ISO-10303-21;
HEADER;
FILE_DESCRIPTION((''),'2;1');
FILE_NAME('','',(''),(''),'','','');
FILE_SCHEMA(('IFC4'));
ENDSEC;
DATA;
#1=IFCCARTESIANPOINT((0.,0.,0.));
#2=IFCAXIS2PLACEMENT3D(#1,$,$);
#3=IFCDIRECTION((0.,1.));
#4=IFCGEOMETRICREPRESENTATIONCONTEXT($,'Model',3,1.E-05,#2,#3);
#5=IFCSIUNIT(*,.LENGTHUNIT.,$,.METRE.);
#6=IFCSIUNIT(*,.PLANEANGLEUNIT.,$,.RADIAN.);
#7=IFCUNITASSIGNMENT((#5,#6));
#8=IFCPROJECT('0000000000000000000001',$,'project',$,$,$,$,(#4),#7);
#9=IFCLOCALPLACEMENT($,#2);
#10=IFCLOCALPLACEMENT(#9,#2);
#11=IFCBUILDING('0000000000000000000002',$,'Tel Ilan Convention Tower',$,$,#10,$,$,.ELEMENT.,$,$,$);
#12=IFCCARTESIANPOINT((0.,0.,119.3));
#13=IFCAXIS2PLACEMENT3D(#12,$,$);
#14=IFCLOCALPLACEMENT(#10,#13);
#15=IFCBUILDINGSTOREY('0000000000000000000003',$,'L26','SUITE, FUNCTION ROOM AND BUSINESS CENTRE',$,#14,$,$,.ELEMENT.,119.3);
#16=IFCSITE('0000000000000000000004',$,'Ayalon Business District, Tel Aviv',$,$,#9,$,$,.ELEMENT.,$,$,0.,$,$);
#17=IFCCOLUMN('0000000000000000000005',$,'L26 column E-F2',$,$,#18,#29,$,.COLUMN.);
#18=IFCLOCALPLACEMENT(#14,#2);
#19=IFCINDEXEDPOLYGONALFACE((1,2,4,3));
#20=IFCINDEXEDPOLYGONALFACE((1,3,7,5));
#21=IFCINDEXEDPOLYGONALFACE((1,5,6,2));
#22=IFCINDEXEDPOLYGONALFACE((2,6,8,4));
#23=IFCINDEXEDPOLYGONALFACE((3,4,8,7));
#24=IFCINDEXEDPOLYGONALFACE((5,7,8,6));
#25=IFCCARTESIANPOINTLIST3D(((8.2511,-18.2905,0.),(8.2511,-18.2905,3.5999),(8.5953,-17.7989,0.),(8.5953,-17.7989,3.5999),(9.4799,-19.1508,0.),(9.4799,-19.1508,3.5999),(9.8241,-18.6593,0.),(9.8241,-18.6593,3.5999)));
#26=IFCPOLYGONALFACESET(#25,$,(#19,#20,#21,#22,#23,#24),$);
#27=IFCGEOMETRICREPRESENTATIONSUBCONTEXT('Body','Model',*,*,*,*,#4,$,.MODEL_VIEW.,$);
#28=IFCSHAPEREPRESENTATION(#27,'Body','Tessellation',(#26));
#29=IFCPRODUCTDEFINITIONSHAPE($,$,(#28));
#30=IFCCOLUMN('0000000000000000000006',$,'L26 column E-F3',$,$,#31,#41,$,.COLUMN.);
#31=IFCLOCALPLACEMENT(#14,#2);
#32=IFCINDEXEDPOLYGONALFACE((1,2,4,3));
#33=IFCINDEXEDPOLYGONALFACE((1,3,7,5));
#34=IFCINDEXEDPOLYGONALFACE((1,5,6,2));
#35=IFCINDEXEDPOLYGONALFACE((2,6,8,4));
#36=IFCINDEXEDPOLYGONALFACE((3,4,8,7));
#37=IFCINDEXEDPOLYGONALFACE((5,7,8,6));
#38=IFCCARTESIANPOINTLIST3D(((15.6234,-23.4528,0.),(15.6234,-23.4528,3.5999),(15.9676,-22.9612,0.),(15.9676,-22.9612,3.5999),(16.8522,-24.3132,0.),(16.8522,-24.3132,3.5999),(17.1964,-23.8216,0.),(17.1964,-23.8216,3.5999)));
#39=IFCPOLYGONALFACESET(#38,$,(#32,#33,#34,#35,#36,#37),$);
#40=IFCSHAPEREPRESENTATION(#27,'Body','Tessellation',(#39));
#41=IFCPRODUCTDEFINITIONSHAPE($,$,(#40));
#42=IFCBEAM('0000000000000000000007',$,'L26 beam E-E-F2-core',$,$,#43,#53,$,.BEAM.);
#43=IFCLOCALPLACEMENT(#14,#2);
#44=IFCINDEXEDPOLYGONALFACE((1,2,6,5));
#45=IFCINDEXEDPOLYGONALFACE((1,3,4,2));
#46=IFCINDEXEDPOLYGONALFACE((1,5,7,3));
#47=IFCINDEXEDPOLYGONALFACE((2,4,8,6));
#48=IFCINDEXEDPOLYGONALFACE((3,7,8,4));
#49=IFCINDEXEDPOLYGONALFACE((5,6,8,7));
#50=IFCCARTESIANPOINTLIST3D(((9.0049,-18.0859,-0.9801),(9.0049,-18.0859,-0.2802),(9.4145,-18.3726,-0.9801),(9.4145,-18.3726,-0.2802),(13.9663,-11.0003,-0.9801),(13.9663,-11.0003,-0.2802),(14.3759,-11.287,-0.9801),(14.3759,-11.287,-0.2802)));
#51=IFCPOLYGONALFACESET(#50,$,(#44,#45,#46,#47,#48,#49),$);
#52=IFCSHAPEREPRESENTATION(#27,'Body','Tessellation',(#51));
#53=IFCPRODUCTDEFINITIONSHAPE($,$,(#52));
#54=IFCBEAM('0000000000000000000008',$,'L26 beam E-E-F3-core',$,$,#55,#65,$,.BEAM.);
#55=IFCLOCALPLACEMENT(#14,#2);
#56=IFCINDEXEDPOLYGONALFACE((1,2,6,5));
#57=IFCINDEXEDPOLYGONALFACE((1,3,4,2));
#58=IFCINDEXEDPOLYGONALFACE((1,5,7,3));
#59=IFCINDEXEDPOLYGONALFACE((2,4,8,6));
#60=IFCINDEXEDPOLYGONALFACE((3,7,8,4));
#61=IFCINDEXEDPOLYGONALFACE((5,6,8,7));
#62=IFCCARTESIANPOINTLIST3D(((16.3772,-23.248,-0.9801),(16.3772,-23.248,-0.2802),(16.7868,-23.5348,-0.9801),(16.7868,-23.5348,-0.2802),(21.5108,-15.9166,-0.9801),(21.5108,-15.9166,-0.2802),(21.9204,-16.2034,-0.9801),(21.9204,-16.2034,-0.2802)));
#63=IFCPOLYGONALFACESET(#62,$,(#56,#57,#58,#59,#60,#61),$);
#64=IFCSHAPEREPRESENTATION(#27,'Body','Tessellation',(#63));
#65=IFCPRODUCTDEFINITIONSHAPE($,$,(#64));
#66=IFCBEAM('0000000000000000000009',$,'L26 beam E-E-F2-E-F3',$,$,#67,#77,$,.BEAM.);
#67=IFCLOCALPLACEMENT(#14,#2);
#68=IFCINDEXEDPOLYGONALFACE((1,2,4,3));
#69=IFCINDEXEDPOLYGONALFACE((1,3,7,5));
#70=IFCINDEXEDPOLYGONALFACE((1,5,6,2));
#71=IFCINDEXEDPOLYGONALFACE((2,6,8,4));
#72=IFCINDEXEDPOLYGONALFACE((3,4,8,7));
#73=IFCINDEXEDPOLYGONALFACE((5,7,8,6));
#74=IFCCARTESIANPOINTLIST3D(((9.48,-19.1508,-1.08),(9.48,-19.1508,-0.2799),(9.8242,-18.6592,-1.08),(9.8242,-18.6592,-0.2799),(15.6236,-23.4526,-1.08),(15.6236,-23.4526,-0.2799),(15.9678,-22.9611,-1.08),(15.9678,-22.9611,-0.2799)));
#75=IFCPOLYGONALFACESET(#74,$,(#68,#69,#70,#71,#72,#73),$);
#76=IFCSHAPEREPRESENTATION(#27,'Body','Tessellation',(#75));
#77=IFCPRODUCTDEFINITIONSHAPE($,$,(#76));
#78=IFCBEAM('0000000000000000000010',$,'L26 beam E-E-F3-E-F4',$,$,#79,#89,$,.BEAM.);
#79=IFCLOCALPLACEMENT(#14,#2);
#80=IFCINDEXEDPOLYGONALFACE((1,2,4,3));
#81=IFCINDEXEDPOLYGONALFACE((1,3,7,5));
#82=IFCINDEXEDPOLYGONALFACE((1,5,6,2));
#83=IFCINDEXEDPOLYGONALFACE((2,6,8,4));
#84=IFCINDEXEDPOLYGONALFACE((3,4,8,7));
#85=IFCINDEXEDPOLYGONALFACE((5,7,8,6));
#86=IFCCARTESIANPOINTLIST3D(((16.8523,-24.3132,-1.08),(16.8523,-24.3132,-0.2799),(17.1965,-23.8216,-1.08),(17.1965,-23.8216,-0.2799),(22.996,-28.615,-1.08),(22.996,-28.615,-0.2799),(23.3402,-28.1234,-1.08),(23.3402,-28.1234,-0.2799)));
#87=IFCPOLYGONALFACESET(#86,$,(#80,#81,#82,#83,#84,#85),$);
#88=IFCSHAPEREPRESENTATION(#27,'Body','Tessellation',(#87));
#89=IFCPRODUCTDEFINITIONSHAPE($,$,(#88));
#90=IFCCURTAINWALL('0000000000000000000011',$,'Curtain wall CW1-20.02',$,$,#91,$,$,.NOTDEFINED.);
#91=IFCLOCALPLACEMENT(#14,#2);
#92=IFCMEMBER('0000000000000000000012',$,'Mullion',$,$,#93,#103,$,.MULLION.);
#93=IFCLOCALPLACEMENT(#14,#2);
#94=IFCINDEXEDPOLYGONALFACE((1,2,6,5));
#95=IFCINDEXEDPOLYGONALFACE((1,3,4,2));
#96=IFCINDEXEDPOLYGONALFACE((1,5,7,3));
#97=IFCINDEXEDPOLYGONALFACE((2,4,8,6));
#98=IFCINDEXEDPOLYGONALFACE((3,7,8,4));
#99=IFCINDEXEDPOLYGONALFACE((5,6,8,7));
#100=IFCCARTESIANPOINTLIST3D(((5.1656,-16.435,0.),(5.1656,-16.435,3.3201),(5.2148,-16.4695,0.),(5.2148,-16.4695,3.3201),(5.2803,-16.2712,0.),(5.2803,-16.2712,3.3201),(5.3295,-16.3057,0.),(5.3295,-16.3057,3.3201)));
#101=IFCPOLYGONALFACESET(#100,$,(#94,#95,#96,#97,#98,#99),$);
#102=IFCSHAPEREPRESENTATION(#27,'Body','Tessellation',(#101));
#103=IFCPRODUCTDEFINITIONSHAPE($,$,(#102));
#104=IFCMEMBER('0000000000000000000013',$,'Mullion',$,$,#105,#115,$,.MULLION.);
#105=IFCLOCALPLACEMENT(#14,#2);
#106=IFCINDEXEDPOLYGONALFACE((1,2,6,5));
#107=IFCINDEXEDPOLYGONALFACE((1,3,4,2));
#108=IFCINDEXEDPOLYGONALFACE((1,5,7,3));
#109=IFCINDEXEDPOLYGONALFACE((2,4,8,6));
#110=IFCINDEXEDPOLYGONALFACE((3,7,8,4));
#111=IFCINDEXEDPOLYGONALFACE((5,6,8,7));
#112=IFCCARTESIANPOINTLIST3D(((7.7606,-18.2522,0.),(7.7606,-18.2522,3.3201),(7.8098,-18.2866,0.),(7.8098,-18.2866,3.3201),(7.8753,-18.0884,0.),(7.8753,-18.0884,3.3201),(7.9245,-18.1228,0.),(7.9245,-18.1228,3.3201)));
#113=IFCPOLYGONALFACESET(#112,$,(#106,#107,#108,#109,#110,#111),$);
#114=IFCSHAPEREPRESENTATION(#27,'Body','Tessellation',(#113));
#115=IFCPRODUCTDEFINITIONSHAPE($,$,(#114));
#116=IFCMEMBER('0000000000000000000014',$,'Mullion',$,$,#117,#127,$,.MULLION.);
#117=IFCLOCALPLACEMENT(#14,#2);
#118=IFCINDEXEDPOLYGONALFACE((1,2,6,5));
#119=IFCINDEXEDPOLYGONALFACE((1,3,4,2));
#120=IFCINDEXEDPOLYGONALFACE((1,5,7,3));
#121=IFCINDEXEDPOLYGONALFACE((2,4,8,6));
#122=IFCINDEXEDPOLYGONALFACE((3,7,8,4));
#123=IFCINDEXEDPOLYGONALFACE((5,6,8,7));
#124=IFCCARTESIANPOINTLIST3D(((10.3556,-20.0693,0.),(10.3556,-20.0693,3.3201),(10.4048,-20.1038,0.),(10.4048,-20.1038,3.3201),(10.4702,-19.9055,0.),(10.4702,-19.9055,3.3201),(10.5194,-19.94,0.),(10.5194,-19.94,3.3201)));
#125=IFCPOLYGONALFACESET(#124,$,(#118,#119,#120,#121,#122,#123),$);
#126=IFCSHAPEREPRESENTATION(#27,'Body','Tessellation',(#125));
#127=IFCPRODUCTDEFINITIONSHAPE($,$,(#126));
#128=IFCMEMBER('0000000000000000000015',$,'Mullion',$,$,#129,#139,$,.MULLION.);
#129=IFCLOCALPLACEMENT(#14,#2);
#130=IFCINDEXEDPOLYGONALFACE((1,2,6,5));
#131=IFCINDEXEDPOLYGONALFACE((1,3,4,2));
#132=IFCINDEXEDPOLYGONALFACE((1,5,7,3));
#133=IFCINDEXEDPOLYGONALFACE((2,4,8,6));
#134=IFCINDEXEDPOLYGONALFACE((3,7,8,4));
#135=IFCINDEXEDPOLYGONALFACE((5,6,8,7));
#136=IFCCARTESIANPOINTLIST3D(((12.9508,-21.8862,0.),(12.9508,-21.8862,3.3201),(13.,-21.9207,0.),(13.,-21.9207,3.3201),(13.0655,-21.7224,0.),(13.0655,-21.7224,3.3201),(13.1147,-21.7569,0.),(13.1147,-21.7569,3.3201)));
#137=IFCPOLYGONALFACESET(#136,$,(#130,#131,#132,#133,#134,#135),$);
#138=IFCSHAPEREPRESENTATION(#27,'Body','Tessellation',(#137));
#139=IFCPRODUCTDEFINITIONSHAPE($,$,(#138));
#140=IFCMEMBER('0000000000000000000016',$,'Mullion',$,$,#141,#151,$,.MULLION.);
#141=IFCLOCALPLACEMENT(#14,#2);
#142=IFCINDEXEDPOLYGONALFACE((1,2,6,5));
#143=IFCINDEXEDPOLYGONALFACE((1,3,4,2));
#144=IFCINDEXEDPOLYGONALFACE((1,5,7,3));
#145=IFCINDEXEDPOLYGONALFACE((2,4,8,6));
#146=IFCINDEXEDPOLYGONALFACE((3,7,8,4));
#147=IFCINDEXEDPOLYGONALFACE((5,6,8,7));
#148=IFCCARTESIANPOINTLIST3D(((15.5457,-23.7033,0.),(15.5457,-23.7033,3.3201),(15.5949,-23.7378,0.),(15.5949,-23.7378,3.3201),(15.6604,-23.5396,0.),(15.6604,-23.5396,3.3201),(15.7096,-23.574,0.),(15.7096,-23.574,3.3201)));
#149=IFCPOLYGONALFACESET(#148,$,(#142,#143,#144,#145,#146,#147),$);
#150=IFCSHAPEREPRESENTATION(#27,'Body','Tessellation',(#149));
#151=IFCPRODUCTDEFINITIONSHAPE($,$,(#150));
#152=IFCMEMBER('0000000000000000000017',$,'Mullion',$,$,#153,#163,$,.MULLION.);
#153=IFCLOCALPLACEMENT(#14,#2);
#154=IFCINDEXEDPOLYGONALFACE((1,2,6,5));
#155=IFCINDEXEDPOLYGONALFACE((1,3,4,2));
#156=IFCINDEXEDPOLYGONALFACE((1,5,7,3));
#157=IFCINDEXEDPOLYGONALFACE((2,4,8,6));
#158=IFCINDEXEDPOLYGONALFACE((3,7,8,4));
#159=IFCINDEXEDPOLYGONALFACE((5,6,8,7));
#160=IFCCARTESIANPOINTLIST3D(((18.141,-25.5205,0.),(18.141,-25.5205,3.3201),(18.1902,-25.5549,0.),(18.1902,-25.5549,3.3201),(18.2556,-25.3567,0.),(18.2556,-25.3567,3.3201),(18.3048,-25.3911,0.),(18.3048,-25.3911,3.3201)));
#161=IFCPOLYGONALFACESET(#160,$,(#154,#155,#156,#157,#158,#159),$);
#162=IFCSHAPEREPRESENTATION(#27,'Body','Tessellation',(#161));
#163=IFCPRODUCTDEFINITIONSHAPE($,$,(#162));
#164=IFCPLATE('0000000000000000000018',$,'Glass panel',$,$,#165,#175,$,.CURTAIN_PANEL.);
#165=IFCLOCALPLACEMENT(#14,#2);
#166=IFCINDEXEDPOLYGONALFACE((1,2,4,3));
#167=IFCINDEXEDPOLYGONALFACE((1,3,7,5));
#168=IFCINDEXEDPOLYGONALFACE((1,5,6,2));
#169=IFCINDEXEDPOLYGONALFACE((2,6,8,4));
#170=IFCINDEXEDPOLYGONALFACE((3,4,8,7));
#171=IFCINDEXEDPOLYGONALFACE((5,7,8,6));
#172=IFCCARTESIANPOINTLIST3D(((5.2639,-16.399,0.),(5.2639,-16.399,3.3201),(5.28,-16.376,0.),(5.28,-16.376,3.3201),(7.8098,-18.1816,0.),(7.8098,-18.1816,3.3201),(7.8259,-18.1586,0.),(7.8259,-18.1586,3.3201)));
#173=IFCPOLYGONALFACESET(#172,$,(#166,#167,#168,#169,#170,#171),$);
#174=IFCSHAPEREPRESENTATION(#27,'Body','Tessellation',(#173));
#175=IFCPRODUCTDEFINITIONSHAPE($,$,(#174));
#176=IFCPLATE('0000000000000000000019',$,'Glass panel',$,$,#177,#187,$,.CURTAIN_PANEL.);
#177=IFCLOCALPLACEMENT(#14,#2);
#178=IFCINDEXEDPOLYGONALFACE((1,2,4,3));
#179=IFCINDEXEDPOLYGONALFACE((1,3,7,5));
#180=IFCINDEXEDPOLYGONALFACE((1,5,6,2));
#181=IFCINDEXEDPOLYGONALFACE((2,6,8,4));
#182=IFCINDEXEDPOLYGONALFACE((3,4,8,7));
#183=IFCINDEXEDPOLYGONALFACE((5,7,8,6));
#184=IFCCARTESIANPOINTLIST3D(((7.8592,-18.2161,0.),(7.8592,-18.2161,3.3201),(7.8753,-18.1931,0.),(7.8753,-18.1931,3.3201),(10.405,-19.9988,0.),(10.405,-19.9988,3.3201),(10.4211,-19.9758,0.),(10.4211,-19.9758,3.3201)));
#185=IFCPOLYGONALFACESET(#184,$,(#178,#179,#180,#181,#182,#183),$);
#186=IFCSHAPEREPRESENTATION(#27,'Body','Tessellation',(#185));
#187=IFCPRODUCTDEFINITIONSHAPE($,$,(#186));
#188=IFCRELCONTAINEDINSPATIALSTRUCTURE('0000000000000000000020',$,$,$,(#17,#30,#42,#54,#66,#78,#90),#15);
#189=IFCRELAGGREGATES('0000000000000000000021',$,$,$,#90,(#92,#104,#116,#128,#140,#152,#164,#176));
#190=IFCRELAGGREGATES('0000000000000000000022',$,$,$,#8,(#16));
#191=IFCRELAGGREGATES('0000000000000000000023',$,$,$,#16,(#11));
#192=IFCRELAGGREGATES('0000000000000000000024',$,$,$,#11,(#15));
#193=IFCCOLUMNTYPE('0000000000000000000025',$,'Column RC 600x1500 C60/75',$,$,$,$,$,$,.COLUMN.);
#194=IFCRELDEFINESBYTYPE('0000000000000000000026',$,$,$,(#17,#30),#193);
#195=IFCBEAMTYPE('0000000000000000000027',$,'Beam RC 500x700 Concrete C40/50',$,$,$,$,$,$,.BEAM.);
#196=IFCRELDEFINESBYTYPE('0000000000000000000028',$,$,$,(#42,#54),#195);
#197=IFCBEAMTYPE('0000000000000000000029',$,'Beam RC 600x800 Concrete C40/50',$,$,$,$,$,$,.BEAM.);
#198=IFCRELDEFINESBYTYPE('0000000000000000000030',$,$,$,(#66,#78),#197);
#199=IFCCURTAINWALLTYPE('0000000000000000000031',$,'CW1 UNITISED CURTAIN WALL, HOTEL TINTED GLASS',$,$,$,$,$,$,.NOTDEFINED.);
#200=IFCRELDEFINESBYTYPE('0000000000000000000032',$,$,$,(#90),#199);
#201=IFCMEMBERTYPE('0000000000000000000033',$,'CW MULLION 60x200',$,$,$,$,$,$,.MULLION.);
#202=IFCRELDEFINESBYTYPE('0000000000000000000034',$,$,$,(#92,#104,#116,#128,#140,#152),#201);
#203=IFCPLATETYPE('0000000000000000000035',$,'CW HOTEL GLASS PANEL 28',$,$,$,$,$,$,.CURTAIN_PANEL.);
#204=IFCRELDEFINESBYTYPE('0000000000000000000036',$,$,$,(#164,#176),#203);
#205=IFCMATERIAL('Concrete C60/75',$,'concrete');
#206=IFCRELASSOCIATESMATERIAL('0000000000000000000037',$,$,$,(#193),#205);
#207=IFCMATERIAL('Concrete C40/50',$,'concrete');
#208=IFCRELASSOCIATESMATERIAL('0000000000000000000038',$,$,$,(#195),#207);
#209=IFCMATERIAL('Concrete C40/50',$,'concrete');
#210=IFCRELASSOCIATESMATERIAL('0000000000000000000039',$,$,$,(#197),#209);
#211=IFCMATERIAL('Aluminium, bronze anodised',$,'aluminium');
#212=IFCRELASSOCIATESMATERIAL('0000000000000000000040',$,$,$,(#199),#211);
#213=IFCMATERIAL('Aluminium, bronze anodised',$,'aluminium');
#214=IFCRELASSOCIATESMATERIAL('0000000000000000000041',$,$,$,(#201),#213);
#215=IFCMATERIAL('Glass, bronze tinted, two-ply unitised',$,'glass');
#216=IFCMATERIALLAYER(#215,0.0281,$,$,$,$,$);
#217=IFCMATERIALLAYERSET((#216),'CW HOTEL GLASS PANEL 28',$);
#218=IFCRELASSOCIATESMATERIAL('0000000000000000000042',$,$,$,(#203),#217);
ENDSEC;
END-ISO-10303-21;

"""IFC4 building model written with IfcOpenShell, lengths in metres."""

from ifc_helpers import new_model, si_unit, direction, frame, origin, origin_2d, place, context, subcontext, project, spatial, rectangle, extrude, material, layer, layer_set, material_profile, profile_set, type_object, element, aggregate, save


model = new_model("IFC4")

# Units and contexts
model_context = context("Model", 3, precision=1e-05, world=origin(), true_north=direction((0.0, 1.0)))
body_context = subcontext(model_context, "Body", "Model", "MODEL_VIEW")
ifc_project = project(units=[si_unit("LENGTHUNIT", "METRE"), si_unit("PLANEANGLEUNIT", "RADIAN")], contexts=[model_context])

# Site, building, storey
site_placement = place(None, origin())
site = spatial("IfcSite", under=ifc_project, at=site_placement, Name="Ayalon Business District, Tel Aviv", CompositionType="ELEMENT", RefElevation=0.0)
building_placement = place(site_placement, origin())
building = spatial("IfcBuilding", under=site, at=building_placement, Name="Tel Ilan Convention Tower", CompositionType="ELEMENT")
storey_placement = place(building_placement, frame((0.0, 0.0, 119.3)))
storey = spatial("IfcBuildingStorey", under=building, at=storey_placement, Name="L26", Description="SUITE, FUNCTION ROOM AND BUSINESS CENTRE", CompositionType="ELEMENT", Elevation=119.3)

# Columns
ifc_material_1 = material(Name="Concrete C60/75", Category="concrete")
ifc_material_profile_1 = material_profile(ifc_material_1, rectangle(XDim=1.5, YDim=0.6001, at=origin_2d()), Name="RC 600x1500")
ifc_profile_set_1 = profile_set([ifc_material_profile_1], Name="Concrete C60/75")
column_type = type_object("IfcColumnType", Name="Column RC 600x1500 C60/75", PredefinedType="COLUMN", material=ifc_profile_set_1)
for number, where, z_axis, x_axis, name in (
    (1, (9.0376, -18.4749, 0.0), (0.0, 0.0, 1.0), (0.819152, -0.573576, 0.0), "L26 column E-F2"),
    (2, (16.4099, -23.6372, 0.0), (0.0, 0.0, 1.0), (0.819152, -0.573576, 0.0), "L26 column E-F3"),
):
    element("IfcColumn", number, at=place(storey_placement, frame(where, z_axis=z_axis, x_axis=x_axis)), inside=storey, type_object=column_type, Name=name, PredefinedType="COLUMN", context=body_context, shape_type="SweptSolid", body=[
        extrude(rectangle(XDim=1.5, YDim=0.6001, at=origin_2d()), origin(), (0.0, 0.0, 1.0), 3.5999),
    ])

# Beams
ifc_material_2 = material(Name="Concrete C40/50", Category="concrete")
ifc_material_profile_2 = material_profile(ifc_material_2, rectangle(XDim=0.5, YDim=0.7, at=origin_2d()), Name="RC 500x700")
ifc_profile_set_2 = profile_set([ifc_material_profile_2], Name="Concrete C40/50")
beam_type_1 = type_object("IfcBeamType", Name="Beam RC 500x700 Concrete C40/50", PredefinedType="BEAM", material=ifc_profile_set_2)
beam_1_placement = place(storey_placement, frame((9.2097, -18.2292, -0.6301), z_axis=(0.573574, 0.819154, 0.0), x_axis=(-0.819154, 0.573574, 0.0)))
element("IfcBeam", 3, at=beam_1_placement, inside=storey, type_object=beam_type_1, Name="L26 beam E-E-F2-core", PredefinedType="BEAM", context=body_context, shape_type="SweptSolid", body=[
    extrude(rectangle(XDim=0.5, YDim=0.7, at=origin_2d()), origin(), (0.0, 0.0, 1.0), 8.6499),
])
beam_2_placement = place(storey_placement, frame((16.582, -23.3914, -0.6301), z_axis=(0.573585, 0.819146, 0.0), x_axis=(-0.819146, 0.573585, 0.0)))
element("IfcBeam", 4, at=beam_2_placement, inside=storey, type_object=beam_type_1, Name="L26 beam E-E-F3-core", PredefinedType="BEAM", context=body_context, shape_type="SweptSolid", body=[
    extrude(rectangle(XDim=0.5, YDim=0.7, at=origin_2d()), origin(), (0.0, 0.0, 1.0), 8.95),
])
ifc_material_3 = material(Name="Concrete C40/50", Category="concrete")
ifc_material_profile_3 = material_profile(ifc_material_3, rectangle(XDim=0.6001, YDim=0.8, at=origin_2d()), Name="RC 600x800")
ifc_profile_set_3 = profile_set([ifc_material_profile_3], Name="Concrete C40/50")
beam_type_2 = type_object("IfcBeamType", Name="Beam RC 600x800 Concrete C40/50", PredefinedType="BEAM", material=ifc_profile_set_3)
for number, where, z_axis, x_axis, name in (
    (5, (9.6521, -18.905, -0.6799), (0.819152, -0.573576, 0.0), (0.573576, 0.819152, 0.0), "L26 beam E-E-F2-E-F3"),
    (6, (17.0244, -24.0674, -0.6799), (0.819152, -0.573576, 0.0), (0.573576, 0.819152, 0.0), "L26 beam E-E-F3-E-F4"),
):
    element("IfcBeam", number, at=place(storey_placement, frame(where, z_axis=z_axis, x_axis=x_axis)), inside=storey, type_object=beam_type_2, Name=name, PredefinedType="BEAM", context=body_context, shape_type="SweptSolid", body=[
        extrude(rectangle(XDim=0.6001, YDim=0.8, at=origin_2d()), origin(), (0.0, 0.0, 1.0), 7.5),
    ])

# Curtain wall, members, plates
ifc_material_4 = material(Name="Aluminium, bronze anodised", Category="aluminium")
curtain_wall_type = type_object("IfcCurtainWallType", Name="CW1 UNITISED CURTAIN WALL, HOTEL TINTED GLASS", PredefinedType="NOTDEFINED", material=ifc_material_4)
curtain_wall_placement = place(storey_placement, origin())
curtain_wall = element("IfcCurtainWall", 7, at=curtain_wall_placement, inside=storey, type_object=curtain_wall_type, Name="Curtain wall CW1-20.02", PredefinedType="NOTDEFINED")
ifc_material_5 = material(Name="Aluminium, bronze anodised", Category="aluminium")
ifc_material_profile_4 = material_profile(ifc_material_5, rectangle(XDim=0.0601, YDim=0.2, at=origin_2d()), Name="CW MULLION 60x200")
ifc_profile_set_4 = profile_set([ifc_material_profile_4], Name="Aluminium, bronze anodised")
member_type = type_object("IfcMemberType", Name="CW MULLION 60x200", PredefinedType="MULLION", material=ifc_profile_set_4)
member_1_placement = place(storey_placement, frame((5.2476, -16.3704, 0.0), z_axis=(0.0, 0.0, 1.0), x_axis=(0.819152, -0.573576, 0.0)))
member_1 = element("IfcMember", 8, at=member_1_placement, type_object=member_type, Name="Mullion", PredefinedType="MULLION", context=body_context, shape_type="SweptSolid", body=[
    extrude(rectangle(XDim=0.0601, YDim=0.2, at=origin_2d()), origin(), (0.0, 0.0, 1.0), 3.3201),
])
member_2_placement = place(storey_placement, frame((7.8425, -18.1875, 0.0), z_axis=(0.0, 0.0, 1.0), x_axis=(0.819152, -0.573576, 0.0)))
member_2 = element("IfcMember", 9, at=member_2_placement, type_object=member_type, Name="Mullion", PredefinedType="MULLION", context=body_context, shape_type="SweptSolid", body=[
    extrude(rectangle(XDim=0.0601, YDim=0.2, at=origin_2d()), origin(), (0.0, 0.0, 1.0), 3.3201),
])
member_3_placement = place(storey_placement, frame((10.4375, -20.0046, 0.0), z_axis=(0.0, 0.0, 1.0), x_axis=(0.819152, -0.573576, 0.0)))
member_3 = element("IfcMember", 10, at=member_3_placement, type_object=member_type, Name="Mullion", PredefinedType="MULLION", context=body_context, shape_type="SweptSolid", body=[
    extrude(rectangle(XDim=0.0601, YDim=0.2, at=origin_2d()), origin(), (0.0, 0.0, 1.0), 3.3201),
])
member_4_placement = place(storey_placement, frame((13.0327, -21.8215, 0.0), z_axis=(0.0, 0.0, 1.0), x_axis=(0.819152, -0.573576, 0.0)))
member_4 = element("IfcMember", 11, at=member_4_placement, type_object=member_type, Name="Mullion", PredefinedType="MULLION", context=body_context, shape_type="SweptSolid", body=[
    extrude(rectangle(XDim=0.0601, YDim=0.2, at=origin_2d()), origin(), (0.0, 0.0, 1.0), 3.3201),
])
member_5_placement = place(storey_placement, frame((15.6277, -23.6387, 0.0), z_axis=(0.0, 0.0, 1.0), x_axis=(0.819152, -0.573576, 0.0)))
member_5 = element("IfcMember", 12, at=member_5_placement, type_object=member_type, Name="Mullion", PredefinedType="MULLION", context=body_context, shape_type="SweptSolid", body=[
    extrude(rectangle(XDim=0.0601, YDim=0.2, at=origin_2d()), origin(), (0.0, 0.0, 1.0), 3.3201),
])
member_6_placement = place(storey_placement, frame((18.2229, -25.4558, 0.0), z_axis=(0.0, 0.0, 1.0), x_axis=(0.819152, -0.573576, 0.0)))
member_6 = element("IfcMember", 13, at=member_6_placement, type_object=member_type, Name="Mullion", PredefinedType="MULLION", context=body_context, shape_type="SweptSolid", body=[
    extrude(rectangle(XDim=0.0601, YDim=0.2, at=origin_2d()), origin(), (0.0, 0.0, 1.0), 3.3201),
])
ifc_material_6 = material(Name="Glass, bronze tinted, two-ply unitised", Category="glass")
ifc_layer_1 = layer(ifc_material_6, 0.0281)
ifc_layer_set_1 = layer_set([ifc_layer_1], Name="CW HOTEL GLASS PANEL 28")
plate_type = type_object("IfcPlateType", Name="CW HOTEL GLASS PANEL 28", PredefinedType="CURTAIN_PANEL", material=ifc_layer_set_1)
plate_1_placement = place(storey_placement, frame((6.5449, -17.2788, 0.0), z_axis=(0.0, 0.0, 1.0), x_axis=(0.819152, -0.573576, 0.0)))
plate_1 = element("IfcPlate", 14, at=plate_1_placement, type_object=plate_type, Name="Glass panel", PredefinedType="CURTAIN_PANEL", context=body_context, shape_type="SweptSolid", body=[
    extrude(rectangle(XDim=3.1079, YDim=0.0281, at=origin_2d()), origin(), (0.0, 0.0, 1.0), 3.3201),
])
plate_2_placement = place(storey_placement, frame((9.1401, -19.0959, 0.0), z_axis=(0.0, 0.0, 1.0), x_axis=(0.819152, -0.573576, 0.0)))
plate_2 = element("IfcPlate", 15, at=plate_2_placement, type_object=plate_type, Name="Glass panel", PredefinedType="CURTAIN_PANEL", context=body_context, shape_type="SweptSolid", body=[
    extrude(rectangle(XDim=3.1079, YDim=0.0281, at=origin_2d()), origin(), (0.0, 0.0, 1.0), 3.3201),
])
aggregate(curtain_wall, [member_1, member_2, member_3, member_4, member_5, member_6, plate_1, plate_2])

save(model, "model.ifc")
